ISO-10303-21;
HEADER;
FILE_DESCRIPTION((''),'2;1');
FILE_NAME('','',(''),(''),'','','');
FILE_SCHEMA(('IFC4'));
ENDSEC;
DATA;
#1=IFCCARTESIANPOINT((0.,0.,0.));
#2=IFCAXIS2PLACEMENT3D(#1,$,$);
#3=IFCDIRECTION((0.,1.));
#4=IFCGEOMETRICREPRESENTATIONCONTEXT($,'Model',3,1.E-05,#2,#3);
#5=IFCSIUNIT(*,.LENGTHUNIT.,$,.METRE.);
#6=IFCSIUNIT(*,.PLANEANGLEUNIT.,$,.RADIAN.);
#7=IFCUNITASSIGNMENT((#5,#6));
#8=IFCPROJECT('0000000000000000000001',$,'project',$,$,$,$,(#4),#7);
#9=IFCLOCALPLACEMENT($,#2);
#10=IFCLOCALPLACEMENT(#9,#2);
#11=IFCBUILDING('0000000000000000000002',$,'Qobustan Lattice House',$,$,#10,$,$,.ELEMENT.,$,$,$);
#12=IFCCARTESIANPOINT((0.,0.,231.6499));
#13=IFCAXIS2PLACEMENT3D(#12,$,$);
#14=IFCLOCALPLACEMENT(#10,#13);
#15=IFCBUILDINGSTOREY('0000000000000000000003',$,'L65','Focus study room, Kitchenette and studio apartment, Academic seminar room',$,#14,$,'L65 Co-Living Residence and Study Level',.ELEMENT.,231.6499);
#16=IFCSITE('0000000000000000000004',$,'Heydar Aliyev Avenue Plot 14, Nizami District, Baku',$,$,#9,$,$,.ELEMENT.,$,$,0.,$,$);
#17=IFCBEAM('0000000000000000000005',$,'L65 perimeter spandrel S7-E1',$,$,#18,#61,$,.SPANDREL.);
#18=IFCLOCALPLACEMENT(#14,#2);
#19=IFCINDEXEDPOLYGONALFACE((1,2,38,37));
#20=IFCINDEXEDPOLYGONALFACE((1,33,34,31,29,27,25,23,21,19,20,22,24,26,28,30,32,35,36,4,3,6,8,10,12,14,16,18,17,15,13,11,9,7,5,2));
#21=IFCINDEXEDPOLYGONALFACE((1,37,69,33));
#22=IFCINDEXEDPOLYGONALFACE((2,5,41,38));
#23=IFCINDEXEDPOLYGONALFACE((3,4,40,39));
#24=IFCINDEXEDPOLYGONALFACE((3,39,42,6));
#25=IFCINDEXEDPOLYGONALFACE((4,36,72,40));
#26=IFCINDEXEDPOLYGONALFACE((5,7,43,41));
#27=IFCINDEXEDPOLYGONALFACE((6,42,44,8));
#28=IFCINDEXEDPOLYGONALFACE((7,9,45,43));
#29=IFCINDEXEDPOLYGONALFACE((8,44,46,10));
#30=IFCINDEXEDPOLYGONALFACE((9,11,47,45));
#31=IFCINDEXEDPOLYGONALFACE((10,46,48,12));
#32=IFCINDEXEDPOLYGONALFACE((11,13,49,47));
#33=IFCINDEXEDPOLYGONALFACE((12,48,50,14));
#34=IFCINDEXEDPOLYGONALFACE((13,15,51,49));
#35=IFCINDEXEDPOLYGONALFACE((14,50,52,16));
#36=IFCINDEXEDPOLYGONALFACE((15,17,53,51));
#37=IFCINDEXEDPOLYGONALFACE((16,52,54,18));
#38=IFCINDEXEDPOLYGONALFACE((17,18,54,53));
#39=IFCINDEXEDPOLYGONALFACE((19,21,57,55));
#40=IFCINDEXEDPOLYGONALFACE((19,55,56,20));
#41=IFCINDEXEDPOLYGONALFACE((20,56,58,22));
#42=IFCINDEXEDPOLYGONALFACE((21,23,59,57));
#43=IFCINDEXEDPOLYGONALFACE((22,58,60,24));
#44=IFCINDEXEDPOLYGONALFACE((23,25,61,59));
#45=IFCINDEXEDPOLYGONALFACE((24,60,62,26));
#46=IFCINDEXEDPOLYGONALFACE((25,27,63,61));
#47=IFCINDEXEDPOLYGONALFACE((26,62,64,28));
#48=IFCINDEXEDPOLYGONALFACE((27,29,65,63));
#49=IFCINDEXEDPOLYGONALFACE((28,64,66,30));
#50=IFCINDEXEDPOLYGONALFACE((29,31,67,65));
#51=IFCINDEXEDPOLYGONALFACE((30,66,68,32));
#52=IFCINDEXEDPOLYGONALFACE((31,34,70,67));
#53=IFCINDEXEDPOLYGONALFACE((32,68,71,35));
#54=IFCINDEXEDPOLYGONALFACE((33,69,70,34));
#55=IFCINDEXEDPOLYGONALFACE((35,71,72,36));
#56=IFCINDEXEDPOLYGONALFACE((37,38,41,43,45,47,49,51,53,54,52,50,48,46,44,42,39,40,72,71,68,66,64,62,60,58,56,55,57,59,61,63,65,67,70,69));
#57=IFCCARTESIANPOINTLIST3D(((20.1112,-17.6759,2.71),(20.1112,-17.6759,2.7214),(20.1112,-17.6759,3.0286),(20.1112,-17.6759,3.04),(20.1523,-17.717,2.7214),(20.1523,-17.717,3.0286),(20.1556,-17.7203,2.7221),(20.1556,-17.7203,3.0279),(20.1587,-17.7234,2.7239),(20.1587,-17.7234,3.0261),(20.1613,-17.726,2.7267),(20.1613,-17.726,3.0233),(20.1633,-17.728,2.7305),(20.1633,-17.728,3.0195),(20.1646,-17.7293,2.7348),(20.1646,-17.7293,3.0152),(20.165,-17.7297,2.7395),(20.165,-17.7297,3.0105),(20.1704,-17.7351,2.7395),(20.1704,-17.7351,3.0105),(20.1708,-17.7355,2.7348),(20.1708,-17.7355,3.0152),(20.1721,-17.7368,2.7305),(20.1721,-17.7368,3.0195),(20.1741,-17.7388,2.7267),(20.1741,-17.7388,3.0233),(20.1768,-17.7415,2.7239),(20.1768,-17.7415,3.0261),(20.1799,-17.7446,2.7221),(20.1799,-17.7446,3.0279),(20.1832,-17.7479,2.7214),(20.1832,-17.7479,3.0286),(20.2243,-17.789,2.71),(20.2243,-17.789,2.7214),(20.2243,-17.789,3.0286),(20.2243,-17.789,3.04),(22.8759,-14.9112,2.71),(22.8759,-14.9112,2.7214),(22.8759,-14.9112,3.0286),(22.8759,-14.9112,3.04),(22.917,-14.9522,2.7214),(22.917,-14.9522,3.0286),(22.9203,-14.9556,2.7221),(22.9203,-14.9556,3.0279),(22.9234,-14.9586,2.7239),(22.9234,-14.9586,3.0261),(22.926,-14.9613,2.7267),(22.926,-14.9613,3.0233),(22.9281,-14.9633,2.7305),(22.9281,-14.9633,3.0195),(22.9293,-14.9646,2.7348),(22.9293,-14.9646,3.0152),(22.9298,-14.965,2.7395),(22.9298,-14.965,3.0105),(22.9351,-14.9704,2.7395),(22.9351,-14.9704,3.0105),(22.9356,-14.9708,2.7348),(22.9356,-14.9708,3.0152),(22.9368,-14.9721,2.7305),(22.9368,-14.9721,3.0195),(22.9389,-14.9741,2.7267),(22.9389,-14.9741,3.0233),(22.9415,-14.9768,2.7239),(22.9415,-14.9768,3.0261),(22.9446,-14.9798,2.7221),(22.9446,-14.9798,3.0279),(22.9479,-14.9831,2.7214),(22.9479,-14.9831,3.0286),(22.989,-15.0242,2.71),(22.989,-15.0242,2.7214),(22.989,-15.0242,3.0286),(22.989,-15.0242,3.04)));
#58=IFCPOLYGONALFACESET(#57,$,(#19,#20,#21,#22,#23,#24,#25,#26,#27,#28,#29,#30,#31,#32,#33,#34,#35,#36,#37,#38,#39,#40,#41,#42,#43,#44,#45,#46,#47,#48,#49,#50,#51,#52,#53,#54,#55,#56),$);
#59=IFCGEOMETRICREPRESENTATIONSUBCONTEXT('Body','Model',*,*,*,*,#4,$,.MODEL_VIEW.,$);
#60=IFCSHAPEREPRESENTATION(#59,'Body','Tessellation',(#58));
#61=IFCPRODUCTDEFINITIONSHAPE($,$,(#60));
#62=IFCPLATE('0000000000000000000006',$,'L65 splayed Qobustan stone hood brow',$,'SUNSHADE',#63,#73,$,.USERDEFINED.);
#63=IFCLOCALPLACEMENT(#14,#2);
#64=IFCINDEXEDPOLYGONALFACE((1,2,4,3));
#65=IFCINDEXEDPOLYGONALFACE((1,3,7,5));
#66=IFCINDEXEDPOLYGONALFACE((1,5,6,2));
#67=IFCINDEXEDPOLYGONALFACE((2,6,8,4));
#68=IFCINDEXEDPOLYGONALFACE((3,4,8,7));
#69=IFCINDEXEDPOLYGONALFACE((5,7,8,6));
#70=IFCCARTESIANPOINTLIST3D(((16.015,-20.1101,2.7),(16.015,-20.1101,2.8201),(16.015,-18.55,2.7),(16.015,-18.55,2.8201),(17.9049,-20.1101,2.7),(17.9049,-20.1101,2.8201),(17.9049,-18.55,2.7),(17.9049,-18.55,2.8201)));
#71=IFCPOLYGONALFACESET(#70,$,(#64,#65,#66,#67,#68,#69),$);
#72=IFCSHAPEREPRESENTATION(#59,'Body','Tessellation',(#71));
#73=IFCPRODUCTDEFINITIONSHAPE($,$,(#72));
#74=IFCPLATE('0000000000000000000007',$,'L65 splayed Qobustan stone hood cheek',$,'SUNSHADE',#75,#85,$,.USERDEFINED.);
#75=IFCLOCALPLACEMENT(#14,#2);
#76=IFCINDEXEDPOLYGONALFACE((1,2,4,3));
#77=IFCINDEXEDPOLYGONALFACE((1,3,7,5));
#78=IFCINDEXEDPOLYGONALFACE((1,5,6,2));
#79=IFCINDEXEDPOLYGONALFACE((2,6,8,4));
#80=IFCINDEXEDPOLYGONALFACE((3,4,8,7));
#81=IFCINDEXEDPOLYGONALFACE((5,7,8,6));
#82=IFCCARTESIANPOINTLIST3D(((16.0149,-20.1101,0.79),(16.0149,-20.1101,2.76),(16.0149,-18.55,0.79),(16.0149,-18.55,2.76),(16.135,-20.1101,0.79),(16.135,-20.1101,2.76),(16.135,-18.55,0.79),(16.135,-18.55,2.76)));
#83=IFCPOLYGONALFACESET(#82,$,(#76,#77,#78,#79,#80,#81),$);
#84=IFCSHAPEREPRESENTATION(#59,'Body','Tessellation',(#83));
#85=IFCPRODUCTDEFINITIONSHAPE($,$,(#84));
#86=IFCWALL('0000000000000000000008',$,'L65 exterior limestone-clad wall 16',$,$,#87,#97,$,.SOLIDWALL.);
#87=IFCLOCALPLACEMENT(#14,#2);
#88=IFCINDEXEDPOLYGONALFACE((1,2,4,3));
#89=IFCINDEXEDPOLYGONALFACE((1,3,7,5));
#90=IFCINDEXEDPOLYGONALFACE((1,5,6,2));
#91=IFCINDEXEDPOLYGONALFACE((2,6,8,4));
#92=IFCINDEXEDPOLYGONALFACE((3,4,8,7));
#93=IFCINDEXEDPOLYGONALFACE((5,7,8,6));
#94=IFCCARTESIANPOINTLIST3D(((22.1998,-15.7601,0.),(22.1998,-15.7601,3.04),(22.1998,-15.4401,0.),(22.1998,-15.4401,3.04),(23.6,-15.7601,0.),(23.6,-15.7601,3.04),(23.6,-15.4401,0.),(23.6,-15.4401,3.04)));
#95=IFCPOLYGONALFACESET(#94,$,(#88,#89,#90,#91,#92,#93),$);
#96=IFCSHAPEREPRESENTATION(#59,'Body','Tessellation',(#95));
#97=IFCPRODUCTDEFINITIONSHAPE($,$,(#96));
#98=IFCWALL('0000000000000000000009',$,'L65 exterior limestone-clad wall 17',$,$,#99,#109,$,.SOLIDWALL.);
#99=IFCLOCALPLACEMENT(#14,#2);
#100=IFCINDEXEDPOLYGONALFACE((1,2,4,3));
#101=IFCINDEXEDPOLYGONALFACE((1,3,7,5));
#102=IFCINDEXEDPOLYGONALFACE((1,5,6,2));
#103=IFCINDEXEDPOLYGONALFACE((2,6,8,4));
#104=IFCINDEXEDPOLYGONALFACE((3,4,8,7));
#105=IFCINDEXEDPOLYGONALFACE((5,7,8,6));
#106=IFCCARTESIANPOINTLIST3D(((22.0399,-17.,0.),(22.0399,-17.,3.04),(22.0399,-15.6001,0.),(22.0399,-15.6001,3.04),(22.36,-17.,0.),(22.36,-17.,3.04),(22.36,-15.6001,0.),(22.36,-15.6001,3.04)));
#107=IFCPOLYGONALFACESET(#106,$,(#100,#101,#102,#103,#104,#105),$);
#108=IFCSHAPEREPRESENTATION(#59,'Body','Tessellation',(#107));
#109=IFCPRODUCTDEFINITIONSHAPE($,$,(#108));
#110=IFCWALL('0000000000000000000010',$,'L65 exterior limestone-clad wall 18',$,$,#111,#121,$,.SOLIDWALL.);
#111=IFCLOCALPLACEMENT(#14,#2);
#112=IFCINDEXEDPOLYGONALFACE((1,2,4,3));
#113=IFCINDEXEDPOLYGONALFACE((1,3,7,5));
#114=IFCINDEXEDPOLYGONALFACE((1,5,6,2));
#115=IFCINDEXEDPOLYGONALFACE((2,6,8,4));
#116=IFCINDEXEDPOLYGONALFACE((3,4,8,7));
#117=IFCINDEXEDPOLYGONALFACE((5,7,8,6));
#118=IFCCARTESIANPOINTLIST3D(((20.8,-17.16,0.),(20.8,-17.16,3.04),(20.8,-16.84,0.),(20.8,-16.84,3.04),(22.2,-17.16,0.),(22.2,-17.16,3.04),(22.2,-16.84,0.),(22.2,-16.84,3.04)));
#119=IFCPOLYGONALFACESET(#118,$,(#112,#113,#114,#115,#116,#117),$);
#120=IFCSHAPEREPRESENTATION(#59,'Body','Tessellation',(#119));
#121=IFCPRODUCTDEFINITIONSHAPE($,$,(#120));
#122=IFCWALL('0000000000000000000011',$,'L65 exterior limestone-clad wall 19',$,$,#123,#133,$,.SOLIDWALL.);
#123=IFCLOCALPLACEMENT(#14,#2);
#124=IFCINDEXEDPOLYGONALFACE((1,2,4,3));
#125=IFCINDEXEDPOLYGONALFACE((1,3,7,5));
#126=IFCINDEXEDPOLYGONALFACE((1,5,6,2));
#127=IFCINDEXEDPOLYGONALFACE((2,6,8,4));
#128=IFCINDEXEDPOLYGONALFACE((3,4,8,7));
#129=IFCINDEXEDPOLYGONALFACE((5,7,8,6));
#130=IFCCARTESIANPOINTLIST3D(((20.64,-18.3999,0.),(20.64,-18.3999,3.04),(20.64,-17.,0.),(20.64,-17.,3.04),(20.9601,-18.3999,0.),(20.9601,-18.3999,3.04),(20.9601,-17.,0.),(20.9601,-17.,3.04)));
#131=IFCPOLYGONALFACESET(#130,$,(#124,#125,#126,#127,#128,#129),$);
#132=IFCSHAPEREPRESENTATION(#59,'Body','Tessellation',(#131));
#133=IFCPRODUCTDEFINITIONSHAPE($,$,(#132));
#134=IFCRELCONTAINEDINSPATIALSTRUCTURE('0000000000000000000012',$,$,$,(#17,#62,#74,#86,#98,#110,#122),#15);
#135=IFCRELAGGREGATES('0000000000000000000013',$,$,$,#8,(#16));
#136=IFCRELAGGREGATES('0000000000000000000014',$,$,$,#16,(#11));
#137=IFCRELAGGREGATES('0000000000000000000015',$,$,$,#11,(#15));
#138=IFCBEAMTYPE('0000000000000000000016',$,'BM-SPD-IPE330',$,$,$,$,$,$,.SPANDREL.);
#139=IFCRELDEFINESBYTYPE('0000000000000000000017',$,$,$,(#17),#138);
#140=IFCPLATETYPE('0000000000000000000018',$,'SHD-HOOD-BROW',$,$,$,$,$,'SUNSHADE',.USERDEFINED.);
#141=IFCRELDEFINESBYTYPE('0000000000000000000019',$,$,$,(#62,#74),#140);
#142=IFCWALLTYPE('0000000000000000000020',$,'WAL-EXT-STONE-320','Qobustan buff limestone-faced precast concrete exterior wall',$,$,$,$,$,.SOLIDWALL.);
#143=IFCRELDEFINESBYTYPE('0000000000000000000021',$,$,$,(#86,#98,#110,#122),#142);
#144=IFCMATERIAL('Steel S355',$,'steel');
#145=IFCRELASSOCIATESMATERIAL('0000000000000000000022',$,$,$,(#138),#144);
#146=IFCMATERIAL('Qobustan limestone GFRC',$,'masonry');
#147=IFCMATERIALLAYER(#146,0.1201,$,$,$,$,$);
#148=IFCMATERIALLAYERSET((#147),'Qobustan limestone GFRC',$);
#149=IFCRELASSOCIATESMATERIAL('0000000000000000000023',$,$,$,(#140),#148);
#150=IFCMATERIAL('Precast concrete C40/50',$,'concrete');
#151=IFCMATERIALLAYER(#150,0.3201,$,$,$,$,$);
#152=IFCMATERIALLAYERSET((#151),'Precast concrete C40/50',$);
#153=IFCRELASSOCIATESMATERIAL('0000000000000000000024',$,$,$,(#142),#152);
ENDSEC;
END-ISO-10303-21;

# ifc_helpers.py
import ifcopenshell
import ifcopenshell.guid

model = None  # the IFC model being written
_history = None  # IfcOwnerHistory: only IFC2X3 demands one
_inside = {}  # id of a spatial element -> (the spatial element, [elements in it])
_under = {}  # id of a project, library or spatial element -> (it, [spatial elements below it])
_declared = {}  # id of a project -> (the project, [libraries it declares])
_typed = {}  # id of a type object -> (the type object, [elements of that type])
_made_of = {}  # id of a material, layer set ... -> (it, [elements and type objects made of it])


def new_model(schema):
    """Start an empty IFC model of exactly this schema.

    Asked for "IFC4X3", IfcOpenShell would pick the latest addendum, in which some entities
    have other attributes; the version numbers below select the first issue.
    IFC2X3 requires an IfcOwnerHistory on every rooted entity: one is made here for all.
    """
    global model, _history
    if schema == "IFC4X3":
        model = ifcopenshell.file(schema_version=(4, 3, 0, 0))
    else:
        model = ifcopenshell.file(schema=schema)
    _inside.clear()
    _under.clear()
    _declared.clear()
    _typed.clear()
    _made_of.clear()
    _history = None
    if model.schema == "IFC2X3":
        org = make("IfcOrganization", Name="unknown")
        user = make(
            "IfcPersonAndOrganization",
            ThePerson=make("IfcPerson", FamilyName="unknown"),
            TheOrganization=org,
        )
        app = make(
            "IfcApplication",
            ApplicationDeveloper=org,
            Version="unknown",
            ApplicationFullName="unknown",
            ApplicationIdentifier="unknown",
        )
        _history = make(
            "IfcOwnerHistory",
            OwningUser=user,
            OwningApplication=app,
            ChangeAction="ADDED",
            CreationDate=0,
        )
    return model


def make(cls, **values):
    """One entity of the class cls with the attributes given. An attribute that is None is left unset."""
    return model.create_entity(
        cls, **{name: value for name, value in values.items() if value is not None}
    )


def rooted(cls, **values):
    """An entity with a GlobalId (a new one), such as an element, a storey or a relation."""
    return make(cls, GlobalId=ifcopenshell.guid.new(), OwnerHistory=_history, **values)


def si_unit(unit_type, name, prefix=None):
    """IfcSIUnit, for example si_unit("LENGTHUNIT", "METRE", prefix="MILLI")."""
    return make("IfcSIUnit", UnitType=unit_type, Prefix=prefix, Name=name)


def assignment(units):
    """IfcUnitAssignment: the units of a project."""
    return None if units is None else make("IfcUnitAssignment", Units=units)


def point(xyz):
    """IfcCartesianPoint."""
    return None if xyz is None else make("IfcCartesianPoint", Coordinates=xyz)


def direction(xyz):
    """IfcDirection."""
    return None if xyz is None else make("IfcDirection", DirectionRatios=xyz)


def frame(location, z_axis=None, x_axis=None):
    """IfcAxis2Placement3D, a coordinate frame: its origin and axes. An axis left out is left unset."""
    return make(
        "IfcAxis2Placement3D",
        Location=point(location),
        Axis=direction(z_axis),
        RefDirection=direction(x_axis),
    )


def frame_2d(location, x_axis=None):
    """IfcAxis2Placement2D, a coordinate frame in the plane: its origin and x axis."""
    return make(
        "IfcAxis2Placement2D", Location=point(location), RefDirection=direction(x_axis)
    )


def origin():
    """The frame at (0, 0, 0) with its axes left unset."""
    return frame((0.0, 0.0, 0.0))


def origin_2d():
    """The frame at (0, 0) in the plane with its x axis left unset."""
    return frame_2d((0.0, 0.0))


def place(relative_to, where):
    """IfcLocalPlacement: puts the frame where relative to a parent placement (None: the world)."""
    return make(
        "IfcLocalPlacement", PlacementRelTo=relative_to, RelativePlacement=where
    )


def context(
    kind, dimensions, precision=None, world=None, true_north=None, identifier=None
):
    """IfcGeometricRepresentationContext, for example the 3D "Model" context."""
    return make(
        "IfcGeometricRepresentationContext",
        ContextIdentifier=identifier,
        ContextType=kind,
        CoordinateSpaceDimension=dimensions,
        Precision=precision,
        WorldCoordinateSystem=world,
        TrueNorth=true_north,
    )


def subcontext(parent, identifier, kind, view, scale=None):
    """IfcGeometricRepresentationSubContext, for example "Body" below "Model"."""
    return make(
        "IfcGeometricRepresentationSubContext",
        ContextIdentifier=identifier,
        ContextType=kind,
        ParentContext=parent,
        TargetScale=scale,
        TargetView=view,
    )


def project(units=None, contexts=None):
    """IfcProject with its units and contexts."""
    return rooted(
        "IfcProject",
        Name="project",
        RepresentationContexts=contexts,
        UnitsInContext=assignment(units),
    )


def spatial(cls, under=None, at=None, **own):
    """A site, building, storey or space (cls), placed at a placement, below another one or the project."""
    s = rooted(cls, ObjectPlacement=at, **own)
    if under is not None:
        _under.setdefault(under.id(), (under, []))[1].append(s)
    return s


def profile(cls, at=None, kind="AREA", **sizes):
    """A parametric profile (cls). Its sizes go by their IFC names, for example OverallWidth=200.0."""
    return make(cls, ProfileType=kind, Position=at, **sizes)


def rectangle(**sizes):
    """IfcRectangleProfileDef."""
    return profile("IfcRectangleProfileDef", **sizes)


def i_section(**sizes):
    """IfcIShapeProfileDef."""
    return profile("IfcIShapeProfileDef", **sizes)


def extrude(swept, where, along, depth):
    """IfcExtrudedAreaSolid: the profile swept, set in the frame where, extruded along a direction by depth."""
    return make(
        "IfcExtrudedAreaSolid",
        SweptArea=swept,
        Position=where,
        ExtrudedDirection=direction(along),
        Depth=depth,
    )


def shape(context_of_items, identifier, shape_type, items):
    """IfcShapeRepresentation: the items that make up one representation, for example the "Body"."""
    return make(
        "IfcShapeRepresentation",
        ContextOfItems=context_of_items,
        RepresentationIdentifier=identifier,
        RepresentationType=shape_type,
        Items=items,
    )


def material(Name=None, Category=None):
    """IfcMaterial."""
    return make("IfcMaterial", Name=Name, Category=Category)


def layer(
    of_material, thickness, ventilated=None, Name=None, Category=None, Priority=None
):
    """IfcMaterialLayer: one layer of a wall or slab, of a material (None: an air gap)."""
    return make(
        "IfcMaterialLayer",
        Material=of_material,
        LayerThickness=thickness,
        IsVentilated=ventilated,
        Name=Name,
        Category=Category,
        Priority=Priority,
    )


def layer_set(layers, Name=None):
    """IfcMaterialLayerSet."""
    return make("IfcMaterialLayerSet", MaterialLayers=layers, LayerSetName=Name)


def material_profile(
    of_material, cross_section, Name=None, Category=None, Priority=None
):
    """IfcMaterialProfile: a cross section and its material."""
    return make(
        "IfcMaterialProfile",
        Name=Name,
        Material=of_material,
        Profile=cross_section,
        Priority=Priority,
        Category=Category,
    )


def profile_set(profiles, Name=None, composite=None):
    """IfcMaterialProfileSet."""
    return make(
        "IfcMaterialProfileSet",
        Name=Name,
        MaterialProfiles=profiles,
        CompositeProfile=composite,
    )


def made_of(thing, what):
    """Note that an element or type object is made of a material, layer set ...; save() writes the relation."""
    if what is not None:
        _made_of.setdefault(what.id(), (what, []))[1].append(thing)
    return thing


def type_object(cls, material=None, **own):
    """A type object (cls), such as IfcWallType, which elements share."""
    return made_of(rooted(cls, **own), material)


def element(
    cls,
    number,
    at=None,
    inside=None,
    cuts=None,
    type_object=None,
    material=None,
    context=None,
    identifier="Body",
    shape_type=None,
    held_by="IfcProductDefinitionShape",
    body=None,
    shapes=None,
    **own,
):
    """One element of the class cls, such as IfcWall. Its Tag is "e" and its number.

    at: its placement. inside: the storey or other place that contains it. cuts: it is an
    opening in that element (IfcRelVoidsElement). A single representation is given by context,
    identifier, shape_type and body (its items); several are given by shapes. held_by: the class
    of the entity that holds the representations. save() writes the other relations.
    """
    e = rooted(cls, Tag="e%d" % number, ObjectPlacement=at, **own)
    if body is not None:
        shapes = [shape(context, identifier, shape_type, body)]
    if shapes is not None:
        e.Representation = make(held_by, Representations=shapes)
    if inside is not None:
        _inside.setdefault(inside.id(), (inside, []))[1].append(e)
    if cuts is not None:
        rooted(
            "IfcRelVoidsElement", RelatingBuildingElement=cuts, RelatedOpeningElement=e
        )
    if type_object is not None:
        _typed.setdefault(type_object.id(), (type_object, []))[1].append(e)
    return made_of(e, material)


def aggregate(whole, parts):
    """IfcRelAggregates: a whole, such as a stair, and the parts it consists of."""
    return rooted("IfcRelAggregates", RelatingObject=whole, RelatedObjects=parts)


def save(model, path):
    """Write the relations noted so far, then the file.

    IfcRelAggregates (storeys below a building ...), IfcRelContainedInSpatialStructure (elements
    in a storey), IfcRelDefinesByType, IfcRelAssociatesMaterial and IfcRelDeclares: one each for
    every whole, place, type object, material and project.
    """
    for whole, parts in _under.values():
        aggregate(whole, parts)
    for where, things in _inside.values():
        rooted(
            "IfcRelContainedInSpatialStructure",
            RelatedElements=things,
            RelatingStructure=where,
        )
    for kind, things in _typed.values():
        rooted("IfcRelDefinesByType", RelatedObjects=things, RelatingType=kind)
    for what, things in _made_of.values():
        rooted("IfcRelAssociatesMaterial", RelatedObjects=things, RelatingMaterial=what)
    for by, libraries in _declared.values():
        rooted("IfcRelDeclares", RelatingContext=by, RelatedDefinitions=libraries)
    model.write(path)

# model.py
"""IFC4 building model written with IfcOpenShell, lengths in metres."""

from ifc_helpers import new_model, si_unit, direction, frame, frame_2d, origin, origin_2d, place, context, subcontext, project, spatial, rectangle, i_section, extrude, material, layer, layer_set, material_profile, profile_set, type_object, element, save


model = new_model("IFC4")

# Units and contexts
model_context = context("Model", 3, precision=1e-05, world=origin(), true_north=direction((0.0, 1.0)))
body_context = subcontext(model_context, "Body", "Model", "MODEL_VIEW")
ifc_project = project(units=[si_unit("LENGTHUNIT", "METRE"), si_unit("PLANEANGLEUNIT", "RADIAN")], contexts=[model_context])

# Site, building, storey
site_placement = place(None, origin())
site = spatial("IfcSite", under=ifc_project, at=site_placement, Name="Heydar Aliyev Avenue Plot 14, Nizami District, Baku", CompositionType="ELEMENT", RefElevation=0.0)
building_placement = place(site_placement, origin())
building = spatial("IfcBuilding", under=site, at=building_placement, Name="Qobustan Lattice House", CompositionType="ELEMENT")
storey_placement = place(building_placement, frame((0.0, 0.0, 231.6499)))
storey = spatial("IfcBuildingStorey", under=building, at=storey_placement, Name="L65", Description="Focus study room, Kitchenette and studio apartment, Academic seminar room", LongName="L65 Co-Living Residence and Study Level", CompositionType="ELEMENT", Elevation=231.6499)

# Beam
ifc_material_1 = material(Name="Steel S355", Category="steel")
ifc_material_profile_1 = material_profile(ifc_material_1, i_section(OverallWidth=0.1599, OverallDepth=0.3301, WebThickness=0.0076, FlangeThickness=0.0115, FilletRadius=0.0181, at=origin_2d()), Name="IPE330")
ifc_profile_set_1 = profile_set([ifc_material_profile_1], Name="Steel S355")
beam_type_1 = type_object("IfcBeamType", Name="BM-SPD-IPE330", PredefinedType="SPANDREL", material=ifc_profile_set_1)
beam_1_placement = place(storey_placement, frame((20.1677, -17.7324, 2.875), z_axis=(0.707107, 0.707107, 0.0), x_axis=(-0.707107, 0.707107, 0.0)))
element("IfcBeam", 1, at=beam_1_placement, inside=storey, type_object=beam_type_1, Name="L65 perimeter spandrel S7-E1", PredefinedType="SPANDREL", context=body_context, shape_type="SweptSolid", body=[
    extrude(i_section(OverallWidth=0.1599, OverallDepth=0.3301, WebThickness=0.0076, FlangeThickness=0.0115, FilletRadius=0.0181, at=origin_2d()), origin(), (0.0, 0.0, 1.0), 3.9099),
])

# Plates
ifc_material_2 = material(Name="Qobustan limestone GFRC", Category="masonry")
ifc_layer_1 = layer(ifc_material_2, 0.1201)
ifc_layer_set_1 = layer_set([ifc_layer_1], Name="Qobustan limestone GFRC")
plate_type = type_object("IfcPlateType", Name="SHD-HOOD-BROW", ElementType="SUNSHADE", PredefinedType="USERDEFINED", material=ifc_layer_set_1)
plate_1_placement = place(storey_placement, frame((16.96, -19.3301, 2.7), z_axis=(0.0, 0.0, 1.0), x_axis=(-1.0, 0.0, 0.0)))
element("IfcPlate", 2, at=plate_1_placement, inside=storey, type_object=plate_type, Name="L65 splayed Qobustan stone hood brow", ObjectType="SUNSHADE", PredefinedType="USERDEFINED", context=body_context, shape_type="SweptSolid", body=[
    extrude(rectangle(XDim=1.8899, YDim=1.5601, at=origin_2d()), origin(), (0.0, 0.0, 1.0), 0.1201),
])
plate_2_placement = place(storey_placement, frame((16.075, -19.3301, 0.79), z_axis=(0.0, 0.0, 1.0), x_axis=(-1.0, 0.0, 0.0)))
element("IfcPlate", 3, at=plate_2_placement, inside=storey, type_object=plate_type, Name="L65 splayed Qobustan stone hood cheek", ObjectType="SUNSHADE", PredefinedType="USERDEFINED", context=body_context, shape_type="SweptSolid", body=[
    extrude(rectangle(XDim=0.1201, YDim=1.5601, at=origin_2d()), origin(), (0.0, 0.0, 1.0), 1.97),
])

# Walls
ifc_material_3 = material(Name="Precast concrete C40/50", Category="concrete")
ifc_layer_2 = layer(ifc_material_3, 0.3201)
ifc_layer_set_2 = layer_set([ifc_layer_2], Name="Precast concrete C40/50")
wall_type_1 = type_object("IfcWallType", Name="WAL-EXT-STONE-320", Description="Qobustan buff limestone-faced precast concrete exterior wall", PredefinedType="SOLIDWALL", material=ifc_layer_set_2)
wall_1_placement = place(storey_placement, frame((23.6001, -15.6001, 0.0), z_axis=(0.0, 0.0, 1.0), x_axis=(-1.0, 0.0, 0.0)))
element("IfcWall", 4, at=wall_1_placement, inside=storey, type_object=wall_type_1, Name="L65 exterior limestone-clad wall 16", PredefinedType="SOLIDWALL", context=body_context, shape_type="SweptSolid", body=[
    extrude(rectangle(XDim=1.4001, YDim=0.3201, at=frame_2d((0.7002, 0.0))), origin(), (0.0, 0.0, 1.0), 3.04),
])
for number, where, z_axis, x_axis, name in (
    (5, (22.2, -15.6001, 0.0), (0.0, 0.0, 1.0), (0.0, -1.0, 0.0), "L65 exterior limestone-clad wall 17"),
    (6, (22.2, -17.0, 0.0), (0.0, 0.0, 1.0), (-1.0, 0.0, 0.0), "L65 exterior limestone-clad wall 18"),
    (7, (20.8, -17.0, 0.0), (0.0, 0.0, 1.0), (0.0, -1.0, 0.0), "L65 exterior limestone-clad wall 19"),
):
    element("IfcWall", number, at=place(storey_placement, frame(where, z_axis=z_axis, x_axis=x_axis)), inside=storey, type_object=wall_type_1, Name=name, PredefinedType="SOLIDWALL", context=body_context, shape_type="SweptSolid", body=[
        extrude(rectangle(XDim=1.3999, YDim=0.3201, at=frame_2d((0.7, 0.0))), origin(), (0.0, 0.0, 1.0), 3.04),
    ])

save(model, "model.ifc")
